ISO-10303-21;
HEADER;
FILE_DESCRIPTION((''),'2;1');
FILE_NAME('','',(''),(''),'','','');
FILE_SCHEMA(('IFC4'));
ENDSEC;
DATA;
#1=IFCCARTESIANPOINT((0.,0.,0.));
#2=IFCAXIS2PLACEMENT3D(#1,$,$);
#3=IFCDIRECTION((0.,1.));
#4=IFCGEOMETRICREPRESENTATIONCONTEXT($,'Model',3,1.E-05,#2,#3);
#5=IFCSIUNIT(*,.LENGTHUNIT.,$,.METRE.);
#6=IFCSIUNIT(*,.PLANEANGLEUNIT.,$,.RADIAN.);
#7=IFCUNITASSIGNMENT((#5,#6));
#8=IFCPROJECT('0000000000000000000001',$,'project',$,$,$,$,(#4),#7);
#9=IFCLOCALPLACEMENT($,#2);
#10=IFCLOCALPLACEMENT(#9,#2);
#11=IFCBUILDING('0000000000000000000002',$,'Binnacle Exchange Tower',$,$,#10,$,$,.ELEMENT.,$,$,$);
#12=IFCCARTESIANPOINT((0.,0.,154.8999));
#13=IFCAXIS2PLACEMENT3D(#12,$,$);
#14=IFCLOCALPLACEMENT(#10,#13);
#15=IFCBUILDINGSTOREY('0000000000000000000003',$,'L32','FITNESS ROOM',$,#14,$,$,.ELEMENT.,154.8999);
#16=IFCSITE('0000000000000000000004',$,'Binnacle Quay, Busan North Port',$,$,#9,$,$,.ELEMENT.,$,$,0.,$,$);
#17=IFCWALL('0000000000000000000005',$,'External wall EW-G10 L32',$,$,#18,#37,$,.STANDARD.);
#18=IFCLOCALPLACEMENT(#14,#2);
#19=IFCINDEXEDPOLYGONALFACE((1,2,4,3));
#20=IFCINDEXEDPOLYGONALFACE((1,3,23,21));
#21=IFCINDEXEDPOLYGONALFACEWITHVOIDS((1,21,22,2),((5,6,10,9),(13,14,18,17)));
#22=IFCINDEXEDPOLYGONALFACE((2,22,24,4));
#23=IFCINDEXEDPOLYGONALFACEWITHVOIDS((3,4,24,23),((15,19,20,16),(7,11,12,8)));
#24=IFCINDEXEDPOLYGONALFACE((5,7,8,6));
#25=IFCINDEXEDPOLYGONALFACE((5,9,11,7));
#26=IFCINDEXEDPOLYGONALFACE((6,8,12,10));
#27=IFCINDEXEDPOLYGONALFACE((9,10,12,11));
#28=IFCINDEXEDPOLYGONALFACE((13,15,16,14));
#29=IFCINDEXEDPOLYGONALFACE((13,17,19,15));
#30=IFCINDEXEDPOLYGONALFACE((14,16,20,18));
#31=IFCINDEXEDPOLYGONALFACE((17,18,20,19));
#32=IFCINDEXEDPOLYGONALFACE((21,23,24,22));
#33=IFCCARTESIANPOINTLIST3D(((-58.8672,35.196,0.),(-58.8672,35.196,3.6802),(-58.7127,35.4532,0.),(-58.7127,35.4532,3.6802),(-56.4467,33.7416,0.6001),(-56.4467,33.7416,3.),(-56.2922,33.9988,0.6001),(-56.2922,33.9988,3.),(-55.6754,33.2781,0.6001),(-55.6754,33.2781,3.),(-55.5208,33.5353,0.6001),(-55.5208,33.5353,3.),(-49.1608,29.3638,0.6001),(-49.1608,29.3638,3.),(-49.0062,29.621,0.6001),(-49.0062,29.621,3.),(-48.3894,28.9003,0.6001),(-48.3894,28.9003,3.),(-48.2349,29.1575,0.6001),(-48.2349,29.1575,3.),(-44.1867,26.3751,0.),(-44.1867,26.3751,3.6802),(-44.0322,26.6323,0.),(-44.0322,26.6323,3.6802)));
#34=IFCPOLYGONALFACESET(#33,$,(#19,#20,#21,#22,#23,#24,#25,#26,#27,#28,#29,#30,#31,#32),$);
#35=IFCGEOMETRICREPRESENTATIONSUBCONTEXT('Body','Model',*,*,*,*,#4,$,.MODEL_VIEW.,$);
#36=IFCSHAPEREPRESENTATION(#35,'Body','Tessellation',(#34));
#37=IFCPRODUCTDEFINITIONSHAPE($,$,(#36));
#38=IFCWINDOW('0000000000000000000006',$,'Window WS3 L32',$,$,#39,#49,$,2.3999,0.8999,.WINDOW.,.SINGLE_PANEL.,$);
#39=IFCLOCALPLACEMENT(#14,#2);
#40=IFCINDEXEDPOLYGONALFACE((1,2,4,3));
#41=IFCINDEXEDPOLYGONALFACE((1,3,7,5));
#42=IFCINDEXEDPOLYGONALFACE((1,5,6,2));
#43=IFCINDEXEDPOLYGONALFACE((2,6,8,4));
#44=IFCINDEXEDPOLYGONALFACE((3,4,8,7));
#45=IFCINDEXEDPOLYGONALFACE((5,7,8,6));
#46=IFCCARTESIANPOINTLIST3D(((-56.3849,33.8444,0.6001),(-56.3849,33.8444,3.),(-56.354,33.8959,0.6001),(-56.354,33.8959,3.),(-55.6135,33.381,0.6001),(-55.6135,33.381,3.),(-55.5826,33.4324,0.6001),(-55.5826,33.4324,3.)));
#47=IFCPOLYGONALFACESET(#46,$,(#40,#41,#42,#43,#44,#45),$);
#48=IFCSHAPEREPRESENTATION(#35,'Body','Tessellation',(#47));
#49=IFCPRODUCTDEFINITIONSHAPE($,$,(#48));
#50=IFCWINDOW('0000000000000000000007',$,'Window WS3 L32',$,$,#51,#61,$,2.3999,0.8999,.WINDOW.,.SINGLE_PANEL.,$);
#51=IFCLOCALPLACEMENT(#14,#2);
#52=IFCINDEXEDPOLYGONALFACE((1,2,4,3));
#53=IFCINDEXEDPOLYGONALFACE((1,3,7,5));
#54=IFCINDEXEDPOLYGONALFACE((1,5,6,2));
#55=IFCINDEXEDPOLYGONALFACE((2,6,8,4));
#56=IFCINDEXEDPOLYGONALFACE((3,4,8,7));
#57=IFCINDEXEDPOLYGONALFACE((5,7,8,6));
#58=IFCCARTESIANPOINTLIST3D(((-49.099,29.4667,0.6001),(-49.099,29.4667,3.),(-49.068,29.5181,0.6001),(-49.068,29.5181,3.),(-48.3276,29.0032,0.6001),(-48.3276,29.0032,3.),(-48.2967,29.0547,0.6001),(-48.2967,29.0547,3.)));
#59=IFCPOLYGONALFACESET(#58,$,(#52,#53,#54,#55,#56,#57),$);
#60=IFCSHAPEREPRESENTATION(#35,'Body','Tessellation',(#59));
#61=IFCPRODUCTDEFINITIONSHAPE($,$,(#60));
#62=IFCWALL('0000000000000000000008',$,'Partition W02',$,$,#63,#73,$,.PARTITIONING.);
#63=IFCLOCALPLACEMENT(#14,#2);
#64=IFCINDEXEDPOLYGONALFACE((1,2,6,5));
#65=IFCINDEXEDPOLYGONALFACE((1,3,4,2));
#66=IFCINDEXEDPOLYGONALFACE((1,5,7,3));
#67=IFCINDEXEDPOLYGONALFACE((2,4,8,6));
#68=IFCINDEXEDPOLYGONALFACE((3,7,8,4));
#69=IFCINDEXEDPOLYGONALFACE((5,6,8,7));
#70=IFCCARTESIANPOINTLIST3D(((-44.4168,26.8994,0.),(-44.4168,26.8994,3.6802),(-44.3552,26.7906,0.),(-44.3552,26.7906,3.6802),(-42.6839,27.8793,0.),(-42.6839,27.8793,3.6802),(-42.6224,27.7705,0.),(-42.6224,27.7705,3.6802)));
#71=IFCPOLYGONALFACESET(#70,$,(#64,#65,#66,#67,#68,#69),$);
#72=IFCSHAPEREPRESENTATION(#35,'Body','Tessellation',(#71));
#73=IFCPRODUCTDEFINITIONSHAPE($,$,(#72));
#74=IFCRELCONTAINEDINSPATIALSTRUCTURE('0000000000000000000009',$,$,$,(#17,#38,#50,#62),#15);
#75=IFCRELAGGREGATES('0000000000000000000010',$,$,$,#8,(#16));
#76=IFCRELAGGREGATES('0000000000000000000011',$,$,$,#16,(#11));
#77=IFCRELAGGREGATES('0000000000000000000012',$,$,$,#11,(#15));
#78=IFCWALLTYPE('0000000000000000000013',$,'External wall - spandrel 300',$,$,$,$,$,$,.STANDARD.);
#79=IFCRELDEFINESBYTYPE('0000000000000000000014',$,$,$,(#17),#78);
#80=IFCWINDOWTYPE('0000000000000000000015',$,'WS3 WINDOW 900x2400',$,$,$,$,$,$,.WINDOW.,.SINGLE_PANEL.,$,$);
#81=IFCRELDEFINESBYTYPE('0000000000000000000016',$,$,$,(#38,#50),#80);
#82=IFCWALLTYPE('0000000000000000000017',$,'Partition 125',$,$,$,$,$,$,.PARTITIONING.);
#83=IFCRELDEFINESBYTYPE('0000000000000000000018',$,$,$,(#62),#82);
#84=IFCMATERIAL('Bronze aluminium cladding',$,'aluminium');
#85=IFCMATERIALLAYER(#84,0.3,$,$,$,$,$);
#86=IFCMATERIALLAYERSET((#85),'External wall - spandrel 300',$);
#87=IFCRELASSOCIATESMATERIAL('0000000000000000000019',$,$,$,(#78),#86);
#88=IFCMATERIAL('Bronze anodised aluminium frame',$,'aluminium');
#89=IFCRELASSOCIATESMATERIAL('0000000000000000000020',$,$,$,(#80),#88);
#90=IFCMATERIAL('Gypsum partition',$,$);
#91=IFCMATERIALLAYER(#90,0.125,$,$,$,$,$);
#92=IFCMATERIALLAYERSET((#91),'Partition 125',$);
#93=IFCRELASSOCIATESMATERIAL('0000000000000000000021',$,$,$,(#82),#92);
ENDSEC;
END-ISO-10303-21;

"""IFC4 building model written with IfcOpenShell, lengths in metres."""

from ifc_helpers import new_model, si_unit, direction, frame, frame_2d, origin, place, context, subcontext, project, spatial, rectangle, extrude, material, layer, layer_set, type_object, element, fill, save


model = new_model("IFC4")

# Units and contexts
model_context = context("Model", 3, precision=1e-05, world=origin(), true_north=direction((0.0, 1.0)))
body_context = subcontext(model_context, "Body", "Model", "MODEL_VIEW")
ifc_project = project(units=[si_unit("LENGTHUNIT", "METRE"), si_unit("PLANEANGLEUNIT", "RADIAN")], contexts=[model_context])

# Site, building, storey
site_placement = place(None, origin())
site = spatial("IfcSite", under=ifc_project, at=site_placement, Name="Binnacle Quay, Busan North Port", CompositionType="ELEMENT", RefElevation=0.0)
building_placement = place(site_placement, origin())
building = spatial("IfcBuilding", under=site, at=building_placement, Name="Binnacle Exchange Tower", CompositionType="ELEMENT")
storey_placement = place(building_placement, frame((0.0, 0.0, 154.8999)))
storey = spatial("IfcBuildingStorey", under=building, at=storey_placement, Name="L32", Description="FITNESS ROOM", CompositionType="ELEMENT", Elevation=154.8999)

# Shared definitions
ifc_material_1 = material(Name="Bronze aluminium cladding", Category="aluminium")
ifc_layer_1 = layer(ifc_material_1, 0.3)
ifc_layer_set_1 = layer_set([ifc_layer_1], Name="External wall - spandrel 300")
wall_type_1 = type_object("IfcWallType", Name="External wall - spandrel 300", PredefinedType="STANDARD", material=ifc_layer_set_1)
ifc_material_2 = material(Name="Bronze anodised aluminium frame", Category="aluminium")
window_type = type_object("IfcWindowType", Name="WS3 WINDOW 900x2400", PartitioningType="SINGLE_PANEL", PredefinedType="WINDOW", material=ifc_material_2)

# Wall, openings, windows
wall_1_placement = place(storey_placement, frame((-44.1094, 26.5037, 0.0), z_axis=(0.0, 0.0, 1.0), x_axis=(-0.85717, 0.515034, 0.0)))
wall_1 = element("IfcWall", 1, at=wall_1_placement, inside=storey, type_object=wall_type_1, Name="External wall EW-G10 L32", PredefinedType="STANDARD", context=body_context, shape_type="SweptSolid", body=[
    extrude(rectangle(XDim=17.1267, YDim=0.3, at=frame_2d((8.5635, 0.0))), origin(), (0.0, 0.0, 1.0), 3.6802),
])
opening_1_placement = place(wall_1_placement, frame((13.4031, 0.0, 0.6001)))
opening_1 = element("IfcOpeningElement", 2, at=opening_1_placement, cuts=wall_1, PredefinedType="OPENING", context=body_context, shape_type="SweptSolid", body=[
    extrude(rectangle(XDim=0.8999, YDim=2.3999, at=frame_2d((0.45, 1.2))), frame((0.0, 0.1599, 0.0), z_axis=(0.0, -1.0, 0.0), x_axis=(1.0, 0.0, 0.0)), (0.0, 0.0, 1.0), 0.3201),
])
opening_2_placement = place(wall_1_placement, frame((4.9031, 0.0, 0.6001)))
opening_2 = element("IfcOpeningElement", 3, at=opening_2_placement, cuts=wall_1, PredefinedType="OPENING", context=body_context, shape_type="SweptSolid", body=[
    extrude(rectangle(XDim=0.8999, YDim=2.3999, at=frame_2d((0.45, 1.2))), frame((0.0, 0.1599, 0.0), z_axis=(0.0, -1.0, 0.0), x_axis=(1.0, 0.0, 0.0)), (0.0, 0.0, 1.0), 0.3201),
])
window_1_placement = place(opening_1_placement, origin())
window_1 = element("IfcWindow", 4, at=window_1_placement, inside=storey, type_object=window_type, Name="Window WS3 L32", OverallHeight=2.3999, OverallWidth=0.8999, PartitioningType="SINGLE_PANEL", PredefinedType="WINDOW", context=body_context, shape_type="SweptSolid", body=[
    extrude(rectangle(XDim=0.8999, YDim=2.3999, at=frame_2d((0.45, 1.2))), frame((0.0, 0.03, 0.0), z_axis=(0.0, -1.0, 0.0), x_axis=(1.0, 0.0, 0.0)), (0.0, 0.0, 1.0), 0.0601),
])
fill(opening_1, window_1)
window_2_placement = place(opening_2_placement, origin())
window_2 = element("IfcWindow", 5, at=window_2_placement, inside=storey, type_object=window_type, Name="Window WS3 L32", OverallHeight=2.3999, OverallWidth=0.8999, PartitioningType="SINGLE_PANEL", PredefinedType="WINDOW", context=body_context, shape_type="SweptSolid", body=[
    extrude(rectangle(XDim=0.8999, YDim=2.3999, at=frame_2d((0.45, 1.2))), frame((0.0, 0.03, 0.0), z_axis=(0.0, -1.0, 0.0), x_axis=(1.0, 0.0, 0.0)), (0.0, 0.0, 1.0), 0.0601),
])
fill(opening_2, window_2)

# Wall
ifc_material_3 = material(Name="Gypsum partition")
ifc_layer_2 = layer(ifc_material_3, 0.125)
ifc_layer_set_2 = layer_set([ifc_layer_2], Name="Partition 125")
wall_type_2 = type_object("IfcWallType", Name="Partition 125", PredefinedType="PARTITIONING", material=ifc_layer_set_2)
wall_2_placement = place(storey_placement, frame((-44.386, 26.845, 0.0), z_axis=(0.0, 0.0, 1.0), x_axis=(0.870453, 0.492251, 0.0)))
element("IfcWall", 6, at=wall_2_placement, inside=storey, type_object=wall_type_2, Name="Partition W02", PredefinedType="PARTITIONING", context=body_context, shape_type="SweptSolid", body=[
    extrude(rectangle(XDim=1.9907, YDim=0.125, at=frame_2d((0.9954, 0.0))), origin(), (0.0, 0.0, 1.0), 3.6802),
])

save(model, "model.ifc")
